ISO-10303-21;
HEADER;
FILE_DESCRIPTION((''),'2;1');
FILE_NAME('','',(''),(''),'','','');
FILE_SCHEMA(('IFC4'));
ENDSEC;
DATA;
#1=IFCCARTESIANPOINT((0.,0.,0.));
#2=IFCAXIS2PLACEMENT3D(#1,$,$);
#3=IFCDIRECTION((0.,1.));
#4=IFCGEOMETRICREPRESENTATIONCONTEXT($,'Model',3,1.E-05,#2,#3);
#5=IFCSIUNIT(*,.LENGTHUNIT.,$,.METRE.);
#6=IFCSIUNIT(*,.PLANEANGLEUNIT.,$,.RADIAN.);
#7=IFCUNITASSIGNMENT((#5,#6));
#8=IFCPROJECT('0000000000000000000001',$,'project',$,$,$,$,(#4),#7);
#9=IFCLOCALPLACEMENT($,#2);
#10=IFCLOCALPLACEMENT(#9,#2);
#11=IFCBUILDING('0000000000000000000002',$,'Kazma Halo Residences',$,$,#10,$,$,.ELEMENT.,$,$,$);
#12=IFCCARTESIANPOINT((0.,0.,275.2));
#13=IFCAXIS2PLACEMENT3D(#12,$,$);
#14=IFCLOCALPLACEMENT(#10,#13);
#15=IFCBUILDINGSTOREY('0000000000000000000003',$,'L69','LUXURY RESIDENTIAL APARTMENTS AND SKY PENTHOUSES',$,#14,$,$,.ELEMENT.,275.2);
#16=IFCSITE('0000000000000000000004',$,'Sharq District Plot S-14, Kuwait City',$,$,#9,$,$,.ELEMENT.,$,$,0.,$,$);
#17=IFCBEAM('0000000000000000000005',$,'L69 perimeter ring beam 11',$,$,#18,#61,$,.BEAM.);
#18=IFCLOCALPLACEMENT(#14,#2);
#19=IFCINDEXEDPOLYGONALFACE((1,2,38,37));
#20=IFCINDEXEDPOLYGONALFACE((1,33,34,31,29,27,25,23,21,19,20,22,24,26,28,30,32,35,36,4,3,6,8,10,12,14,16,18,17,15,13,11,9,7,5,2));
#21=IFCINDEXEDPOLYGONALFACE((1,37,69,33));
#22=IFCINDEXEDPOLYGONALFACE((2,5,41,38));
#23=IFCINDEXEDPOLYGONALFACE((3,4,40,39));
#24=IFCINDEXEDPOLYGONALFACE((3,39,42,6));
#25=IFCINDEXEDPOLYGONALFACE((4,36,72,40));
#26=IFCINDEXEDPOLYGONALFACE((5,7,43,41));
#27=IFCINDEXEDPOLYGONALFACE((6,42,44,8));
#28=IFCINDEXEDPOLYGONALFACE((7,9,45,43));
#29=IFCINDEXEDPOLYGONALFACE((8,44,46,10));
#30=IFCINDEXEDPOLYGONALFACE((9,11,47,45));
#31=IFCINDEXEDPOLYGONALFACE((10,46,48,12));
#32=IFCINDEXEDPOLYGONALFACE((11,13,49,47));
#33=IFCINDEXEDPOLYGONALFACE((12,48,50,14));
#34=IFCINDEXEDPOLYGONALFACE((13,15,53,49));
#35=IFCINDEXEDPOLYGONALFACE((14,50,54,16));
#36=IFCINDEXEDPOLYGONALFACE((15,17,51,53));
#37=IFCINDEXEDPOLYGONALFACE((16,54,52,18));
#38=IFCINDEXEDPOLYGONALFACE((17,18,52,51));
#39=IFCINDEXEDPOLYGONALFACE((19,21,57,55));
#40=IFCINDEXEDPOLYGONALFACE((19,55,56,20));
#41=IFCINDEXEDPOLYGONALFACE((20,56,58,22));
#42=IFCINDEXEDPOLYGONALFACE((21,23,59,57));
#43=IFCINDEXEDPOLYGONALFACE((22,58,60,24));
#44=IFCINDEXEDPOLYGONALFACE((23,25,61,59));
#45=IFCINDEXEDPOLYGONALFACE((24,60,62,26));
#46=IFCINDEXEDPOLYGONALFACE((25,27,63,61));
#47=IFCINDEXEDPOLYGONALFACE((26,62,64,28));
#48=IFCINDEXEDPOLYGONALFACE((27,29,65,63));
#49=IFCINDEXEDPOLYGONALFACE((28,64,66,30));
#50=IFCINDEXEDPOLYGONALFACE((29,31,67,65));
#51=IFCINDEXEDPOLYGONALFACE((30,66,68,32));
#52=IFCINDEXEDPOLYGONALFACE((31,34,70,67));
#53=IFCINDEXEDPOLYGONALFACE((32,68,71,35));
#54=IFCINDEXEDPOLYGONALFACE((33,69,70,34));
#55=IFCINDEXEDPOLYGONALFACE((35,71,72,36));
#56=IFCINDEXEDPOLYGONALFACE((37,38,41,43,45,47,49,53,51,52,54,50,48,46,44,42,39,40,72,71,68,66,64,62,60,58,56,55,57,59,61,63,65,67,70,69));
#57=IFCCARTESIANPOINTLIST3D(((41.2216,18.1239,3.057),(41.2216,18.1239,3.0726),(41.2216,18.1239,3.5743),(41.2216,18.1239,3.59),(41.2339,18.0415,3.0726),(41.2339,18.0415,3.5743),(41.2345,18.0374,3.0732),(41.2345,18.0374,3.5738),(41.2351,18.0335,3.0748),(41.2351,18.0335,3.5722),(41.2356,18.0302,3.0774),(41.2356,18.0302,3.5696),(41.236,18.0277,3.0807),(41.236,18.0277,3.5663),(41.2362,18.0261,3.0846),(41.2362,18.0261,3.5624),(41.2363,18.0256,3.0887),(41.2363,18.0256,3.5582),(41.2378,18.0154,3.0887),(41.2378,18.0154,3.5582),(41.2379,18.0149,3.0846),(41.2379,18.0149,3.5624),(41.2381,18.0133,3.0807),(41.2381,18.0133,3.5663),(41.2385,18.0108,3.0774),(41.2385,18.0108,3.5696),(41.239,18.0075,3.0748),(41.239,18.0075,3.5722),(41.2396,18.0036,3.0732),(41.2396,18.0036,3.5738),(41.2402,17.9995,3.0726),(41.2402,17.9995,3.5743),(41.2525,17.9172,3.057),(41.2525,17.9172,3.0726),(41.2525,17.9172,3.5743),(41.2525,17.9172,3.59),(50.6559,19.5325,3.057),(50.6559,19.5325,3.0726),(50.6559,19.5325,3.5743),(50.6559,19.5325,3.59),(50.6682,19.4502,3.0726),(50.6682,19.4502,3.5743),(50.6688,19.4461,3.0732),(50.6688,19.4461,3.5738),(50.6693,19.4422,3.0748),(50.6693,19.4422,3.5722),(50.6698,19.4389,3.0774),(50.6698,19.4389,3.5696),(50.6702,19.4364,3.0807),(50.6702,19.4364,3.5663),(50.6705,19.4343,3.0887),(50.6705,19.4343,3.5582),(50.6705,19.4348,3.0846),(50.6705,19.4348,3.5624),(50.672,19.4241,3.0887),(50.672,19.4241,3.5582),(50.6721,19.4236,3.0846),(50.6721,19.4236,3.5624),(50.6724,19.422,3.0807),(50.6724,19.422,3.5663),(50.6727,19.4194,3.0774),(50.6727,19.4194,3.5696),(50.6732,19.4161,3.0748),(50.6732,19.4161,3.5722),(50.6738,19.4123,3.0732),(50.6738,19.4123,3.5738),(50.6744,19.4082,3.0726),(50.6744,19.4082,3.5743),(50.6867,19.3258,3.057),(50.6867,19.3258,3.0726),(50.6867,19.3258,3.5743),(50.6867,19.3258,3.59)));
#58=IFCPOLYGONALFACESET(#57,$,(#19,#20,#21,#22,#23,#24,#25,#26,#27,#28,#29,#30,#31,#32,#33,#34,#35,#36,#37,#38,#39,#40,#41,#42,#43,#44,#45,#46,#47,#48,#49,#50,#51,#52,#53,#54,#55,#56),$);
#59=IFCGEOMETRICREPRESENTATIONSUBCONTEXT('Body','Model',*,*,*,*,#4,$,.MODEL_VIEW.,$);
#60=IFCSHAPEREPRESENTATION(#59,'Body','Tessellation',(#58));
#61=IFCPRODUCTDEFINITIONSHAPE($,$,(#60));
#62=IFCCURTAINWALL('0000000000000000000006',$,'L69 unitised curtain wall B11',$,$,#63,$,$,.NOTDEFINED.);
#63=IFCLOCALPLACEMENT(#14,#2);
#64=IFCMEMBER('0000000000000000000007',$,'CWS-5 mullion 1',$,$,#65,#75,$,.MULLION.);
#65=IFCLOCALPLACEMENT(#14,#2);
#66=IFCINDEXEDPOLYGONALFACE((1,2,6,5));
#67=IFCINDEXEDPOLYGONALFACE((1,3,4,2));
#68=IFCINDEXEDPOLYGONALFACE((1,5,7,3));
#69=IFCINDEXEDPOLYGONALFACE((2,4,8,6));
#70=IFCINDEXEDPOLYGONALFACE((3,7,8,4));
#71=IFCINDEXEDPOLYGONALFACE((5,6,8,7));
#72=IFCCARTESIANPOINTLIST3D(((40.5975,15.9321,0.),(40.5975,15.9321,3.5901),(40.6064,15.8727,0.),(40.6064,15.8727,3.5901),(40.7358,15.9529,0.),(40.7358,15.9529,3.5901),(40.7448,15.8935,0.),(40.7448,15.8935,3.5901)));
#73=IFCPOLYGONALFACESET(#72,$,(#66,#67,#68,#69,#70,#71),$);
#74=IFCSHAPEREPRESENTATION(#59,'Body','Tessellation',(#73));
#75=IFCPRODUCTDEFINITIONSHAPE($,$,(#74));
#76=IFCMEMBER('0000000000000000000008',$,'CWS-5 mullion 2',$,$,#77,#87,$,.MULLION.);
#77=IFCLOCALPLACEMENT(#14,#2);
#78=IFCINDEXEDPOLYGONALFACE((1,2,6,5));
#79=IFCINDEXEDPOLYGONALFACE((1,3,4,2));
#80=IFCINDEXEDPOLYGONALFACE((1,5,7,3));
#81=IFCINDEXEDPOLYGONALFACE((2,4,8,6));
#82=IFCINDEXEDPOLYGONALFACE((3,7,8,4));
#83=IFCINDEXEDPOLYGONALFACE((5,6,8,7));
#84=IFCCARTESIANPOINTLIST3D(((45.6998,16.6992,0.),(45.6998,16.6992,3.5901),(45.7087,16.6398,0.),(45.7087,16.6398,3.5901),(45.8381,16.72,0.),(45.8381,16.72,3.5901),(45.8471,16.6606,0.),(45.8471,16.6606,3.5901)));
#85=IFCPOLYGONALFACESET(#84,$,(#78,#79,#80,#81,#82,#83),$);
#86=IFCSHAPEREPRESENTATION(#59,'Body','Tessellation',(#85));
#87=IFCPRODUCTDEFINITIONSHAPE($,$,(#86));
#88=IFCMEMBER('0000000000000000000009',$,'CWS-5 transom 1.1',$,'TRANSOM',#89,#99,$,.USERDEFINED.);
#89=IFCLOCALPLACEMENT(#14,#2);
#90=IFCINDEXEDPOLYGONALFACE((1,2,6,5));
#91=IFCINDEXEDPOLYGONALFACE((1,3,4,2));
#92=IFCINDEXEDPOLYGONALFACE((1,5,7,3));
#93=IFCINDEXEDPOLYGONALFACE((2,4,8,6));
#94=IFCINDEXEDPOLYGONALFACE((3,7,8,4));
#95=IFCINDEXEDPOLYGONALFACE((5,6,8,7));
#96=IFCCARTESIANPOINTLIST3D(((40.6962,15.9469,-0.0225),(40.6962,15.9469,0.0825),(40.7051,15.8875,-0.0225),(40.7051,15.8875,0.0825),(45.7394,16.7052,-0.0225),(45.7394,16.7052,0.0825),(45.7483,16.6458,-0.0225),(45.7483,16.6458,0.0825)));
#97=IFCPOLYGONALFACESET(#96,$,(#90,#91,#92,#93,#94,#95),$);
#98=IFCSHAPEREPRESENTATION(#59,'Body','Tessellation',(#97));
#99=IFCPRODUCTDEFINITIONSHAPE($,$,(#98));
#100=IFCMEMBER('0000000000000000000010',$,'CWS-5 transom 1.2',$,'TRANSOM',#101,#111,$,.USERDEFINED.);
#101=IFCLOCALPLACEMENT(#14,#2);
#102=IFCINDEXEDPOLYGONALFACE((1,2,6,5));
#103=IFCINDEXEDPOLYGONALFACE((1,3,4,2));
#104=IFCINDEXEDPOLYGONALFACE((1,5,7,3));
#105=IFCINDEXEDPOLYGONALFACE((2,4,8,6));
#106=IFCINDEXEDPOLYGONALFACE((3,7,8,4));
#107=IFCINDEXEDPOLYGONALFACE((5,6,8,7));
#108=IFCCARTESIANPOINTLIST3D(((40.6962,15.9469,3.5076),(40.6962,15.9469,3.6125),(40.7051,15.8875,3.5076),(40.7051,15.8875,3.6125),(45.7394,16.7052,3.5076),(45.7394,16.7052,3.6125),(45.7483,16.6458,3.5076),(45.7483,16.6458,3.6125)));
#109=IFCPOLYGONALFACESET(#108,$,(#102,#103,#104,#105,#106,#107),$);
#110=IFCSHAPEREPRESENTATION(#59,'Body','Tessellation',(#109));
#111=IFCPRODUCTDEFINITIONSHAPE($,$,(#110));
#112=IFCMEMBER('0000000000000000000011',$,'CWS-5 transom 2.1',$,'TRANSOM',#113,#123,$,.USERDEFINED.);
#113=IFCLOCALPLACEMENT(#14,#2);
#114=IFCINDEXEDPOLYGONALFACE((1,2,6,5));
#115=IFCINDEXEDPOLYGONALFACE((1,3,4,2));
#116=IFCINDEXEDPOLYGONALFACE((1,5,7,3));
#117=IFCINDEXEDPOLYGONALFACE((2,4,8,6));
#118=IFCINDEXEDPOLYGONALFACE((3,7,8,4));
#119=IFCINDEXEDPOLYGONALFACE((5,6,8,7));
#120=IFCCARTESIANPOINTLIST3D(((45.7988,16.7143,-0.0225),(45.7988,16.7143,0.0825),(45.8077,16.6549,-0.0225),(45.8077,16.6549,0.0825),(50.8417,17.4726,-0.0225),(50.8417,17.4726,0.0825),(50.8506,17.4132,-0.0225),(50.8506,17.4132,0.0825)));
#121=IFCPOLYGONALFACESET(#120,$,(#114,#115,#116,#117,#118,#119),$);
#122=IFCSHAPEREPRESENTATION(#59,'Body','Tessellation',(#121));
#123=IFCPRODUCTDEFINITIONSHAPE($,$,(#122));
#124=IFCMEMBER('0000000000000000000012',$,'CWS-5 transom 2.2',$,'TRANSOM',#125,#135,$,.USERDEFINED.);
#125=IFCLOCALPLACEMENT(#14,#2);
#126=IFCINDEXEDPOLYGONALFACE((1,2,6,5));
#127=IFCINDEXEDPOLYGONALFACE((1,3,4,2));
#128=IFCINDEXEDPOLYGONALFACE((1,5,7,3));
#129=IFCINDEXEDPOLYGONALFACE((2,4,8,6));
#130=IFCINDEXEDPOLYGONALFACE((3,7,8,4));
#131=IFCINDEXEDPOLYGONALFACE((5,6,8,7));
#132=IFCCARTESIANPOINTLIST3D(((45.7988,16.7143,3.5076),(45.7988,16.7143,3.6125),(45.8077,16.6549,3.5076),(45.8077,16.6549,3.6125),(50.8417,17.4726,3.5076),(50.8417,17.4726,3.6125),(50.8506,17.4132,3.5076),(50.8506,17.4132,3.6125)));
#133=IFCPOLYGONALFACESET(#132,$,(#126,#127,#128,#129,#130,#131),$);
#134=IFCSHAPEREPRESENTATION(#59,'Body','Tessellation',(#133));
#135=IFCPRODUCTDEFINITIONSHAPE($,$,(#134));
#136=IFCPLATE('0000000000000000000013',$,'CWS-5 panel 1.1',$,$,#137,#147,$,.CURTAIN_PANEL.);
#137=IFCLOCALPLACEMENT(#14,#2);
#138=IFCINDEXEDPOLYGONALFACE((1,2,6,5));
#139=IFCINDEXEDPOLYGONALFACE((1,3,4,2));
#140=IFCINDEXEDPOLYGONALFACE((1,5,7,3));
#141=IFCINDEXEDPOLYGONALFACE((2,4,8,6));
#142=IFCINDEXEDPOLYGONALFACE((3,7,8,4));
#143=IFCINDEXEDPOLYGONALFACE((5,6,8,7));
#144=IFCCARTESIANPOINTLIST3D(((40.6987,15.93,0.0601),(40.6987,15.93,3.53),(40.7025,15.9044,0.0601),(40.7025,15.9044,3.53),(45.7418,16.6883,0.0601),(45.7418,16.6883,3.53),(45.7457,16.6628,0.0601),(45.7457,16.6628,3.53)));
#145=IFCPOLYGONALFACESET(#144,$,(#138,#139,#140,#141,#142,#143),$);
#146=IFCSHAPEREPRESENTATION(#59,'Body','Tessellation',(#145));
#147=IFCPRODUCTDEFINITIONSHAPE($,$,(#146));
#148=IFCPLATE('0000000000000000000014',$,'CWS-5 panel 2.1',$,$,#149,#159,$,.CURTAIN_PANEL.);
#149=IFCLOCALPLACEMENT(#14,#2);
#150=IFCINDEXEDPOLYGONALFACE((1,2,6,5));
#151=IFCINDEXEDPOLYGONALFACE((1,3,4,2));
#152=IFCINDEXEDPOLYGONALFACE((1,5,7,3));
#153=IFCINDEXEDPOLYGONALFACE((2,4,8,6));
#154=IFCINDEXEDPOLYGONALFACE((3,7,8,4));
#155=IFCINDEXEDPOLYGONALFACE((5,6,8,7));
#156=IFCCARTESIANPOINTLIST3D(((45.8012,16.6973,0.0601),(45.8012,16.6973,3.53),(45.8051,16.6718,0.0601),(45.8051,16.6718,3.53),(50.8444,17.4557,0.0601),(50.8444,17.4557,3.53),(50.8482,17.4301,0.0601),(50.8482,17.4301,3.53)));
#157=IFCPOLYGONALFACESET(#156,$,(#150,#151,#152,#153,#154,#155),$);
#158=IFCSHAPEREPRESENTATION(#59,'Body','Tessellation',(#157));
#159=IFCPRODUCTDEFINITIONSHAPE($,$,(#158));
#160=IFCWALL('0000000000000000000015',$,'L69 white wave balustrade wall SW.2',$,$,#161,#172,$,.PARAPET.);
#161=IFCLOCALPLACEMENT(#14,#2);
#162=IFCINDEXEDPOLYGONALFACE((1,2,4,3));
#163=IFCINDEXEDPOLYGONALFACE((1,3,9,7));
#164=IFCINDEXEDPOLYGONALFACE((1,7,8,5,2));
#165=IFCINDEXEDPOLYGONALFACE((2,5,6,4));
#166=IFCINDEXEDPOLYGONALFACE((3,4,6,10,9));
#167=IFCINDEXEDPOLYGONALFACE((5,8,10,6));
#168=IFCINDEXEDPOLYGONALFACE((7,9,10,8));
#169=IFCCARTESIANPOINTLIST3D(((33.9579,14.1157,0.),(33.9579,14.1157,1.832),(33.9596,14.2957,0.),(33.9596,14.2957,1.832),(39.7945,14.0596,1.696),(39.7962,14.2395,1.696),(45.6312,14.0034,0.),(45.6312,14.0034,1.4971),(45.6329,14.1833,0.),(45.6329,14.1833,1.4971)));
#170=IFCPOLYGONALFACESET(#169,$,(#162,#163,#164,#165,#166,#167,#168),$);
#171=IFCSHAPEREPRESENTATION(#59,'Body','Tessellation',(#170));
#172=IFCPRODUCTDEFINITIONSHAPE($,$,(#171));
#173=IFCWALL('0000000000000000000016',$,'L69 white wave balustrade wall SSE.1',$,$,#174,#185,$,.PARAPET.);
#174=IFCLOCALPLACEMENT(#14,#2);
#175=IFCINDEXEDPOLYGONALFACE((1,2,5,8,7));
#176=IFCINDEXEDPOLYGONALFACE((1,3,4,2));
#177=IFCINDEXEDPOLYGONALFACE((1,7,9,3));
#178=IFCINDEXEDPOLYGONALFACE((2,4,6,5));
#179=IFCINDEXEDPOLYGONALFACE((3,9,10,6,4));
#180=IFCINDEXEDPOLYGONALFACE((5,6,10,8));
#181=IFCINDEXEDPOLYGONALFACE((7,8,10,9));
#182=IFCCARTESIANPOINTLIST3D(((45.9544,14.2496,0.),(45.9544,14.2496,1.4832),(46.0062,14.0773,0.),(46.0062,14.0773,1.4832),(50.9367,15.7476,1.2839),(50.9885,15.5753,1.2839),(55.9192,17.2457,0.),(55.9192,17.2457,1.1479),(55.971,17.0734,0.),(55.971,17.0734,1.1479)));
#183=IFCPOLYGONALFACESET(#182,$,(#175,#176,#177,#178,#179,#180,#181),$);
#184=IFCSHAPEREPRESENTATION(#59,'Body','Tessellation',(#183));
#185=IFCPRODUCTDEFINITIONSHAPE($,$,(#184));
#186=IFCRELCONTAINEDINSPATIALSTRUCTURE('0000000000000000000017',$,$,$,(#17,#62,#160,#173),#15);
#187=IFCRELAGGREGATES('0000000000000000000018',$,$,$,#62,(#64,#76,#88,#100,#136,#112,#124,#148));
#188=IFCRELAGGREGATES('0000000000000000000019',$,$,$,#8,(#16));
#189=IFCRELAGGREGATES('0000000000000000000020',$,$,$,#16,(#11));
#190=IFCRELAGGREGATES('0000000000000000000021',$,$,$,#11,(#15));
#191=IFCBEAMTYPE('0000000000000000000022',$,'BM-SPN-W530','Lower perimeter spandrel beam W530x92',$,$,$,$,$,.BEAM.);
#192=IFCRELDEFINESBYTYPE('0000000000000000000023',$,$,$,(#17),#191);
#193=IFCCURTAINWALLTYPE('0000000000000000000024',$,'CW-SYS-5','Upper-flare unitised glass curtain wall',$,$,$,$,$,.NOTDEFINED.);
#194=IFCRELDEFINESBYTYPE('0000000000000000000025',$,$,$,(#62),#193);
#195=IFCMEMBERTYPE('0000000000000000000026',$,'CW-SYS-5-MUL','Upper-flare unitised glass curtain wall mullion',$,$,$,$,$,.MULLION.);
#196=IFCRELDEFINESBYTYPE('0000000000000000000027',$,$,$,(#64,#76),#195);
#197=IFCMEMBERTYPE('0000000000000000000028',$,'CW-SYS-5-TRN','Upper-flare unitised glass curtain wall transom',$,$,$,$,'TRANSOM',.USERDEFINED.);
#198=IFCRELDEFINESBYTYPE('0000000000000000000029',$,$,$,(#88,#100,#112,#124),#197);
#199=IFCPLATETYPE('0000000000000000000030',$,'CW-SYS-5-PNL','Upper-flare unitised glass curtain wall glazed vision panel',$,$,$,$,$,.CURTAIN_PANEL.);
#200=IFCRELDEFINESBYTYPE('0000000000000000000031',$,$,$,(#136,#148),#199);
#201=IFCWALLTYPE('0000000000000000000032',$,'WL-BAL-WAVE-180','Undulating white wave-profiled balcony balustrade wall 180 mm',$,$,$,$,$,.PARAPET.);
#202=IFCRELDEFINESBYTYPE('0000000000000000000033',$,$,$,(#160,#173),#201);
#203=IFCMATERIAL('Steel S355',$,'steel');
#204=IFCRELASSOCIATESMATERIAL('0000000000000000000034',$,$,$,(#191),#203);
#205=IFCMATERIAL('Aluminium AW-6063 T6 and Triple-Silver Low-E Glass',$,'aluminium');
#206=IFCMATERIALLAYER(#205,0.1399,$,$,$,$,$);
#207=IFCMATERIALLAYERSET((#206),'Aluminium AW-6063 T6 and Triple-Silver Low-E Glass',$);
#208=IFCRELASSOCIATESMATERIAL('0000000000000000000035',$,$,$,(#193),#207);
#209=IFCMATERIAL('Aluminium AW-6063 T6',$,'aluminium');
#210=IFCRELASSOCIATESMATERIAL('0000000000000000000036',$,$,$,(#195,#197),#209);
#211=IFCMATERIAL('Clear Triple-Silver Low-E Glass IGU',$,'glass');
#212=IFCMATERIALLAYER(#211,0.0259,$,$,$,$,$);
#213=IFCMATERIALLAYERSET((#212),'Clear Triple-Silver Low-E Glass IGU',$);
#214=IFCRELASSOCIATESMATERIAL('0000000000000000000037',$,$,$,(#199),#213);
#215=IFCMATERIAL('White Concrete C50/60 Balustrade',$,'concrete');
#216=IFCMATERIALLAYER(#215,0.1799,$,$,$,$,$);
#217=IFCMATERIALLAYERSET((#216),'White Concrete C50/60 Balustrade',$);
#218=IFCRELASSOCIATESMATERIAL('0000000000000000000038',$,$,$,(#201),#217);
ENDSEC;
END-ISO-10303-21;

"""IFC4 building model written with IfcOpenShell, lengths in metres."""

from ifc_helpers import new_model, si_unit, direction, frame, origin, origin_2d, place, context, subcontext, project, spatial, polyline, rectangle, i_section, outline, extrude, material, layer, layer_set, material_profile, profile_set, type_object, element, aggregate, save


model = new_model("IFC4")

# Units and contexts
model_context = context("Model", 3, precision=1e-05, world=origin(), true_north=direction((0.0, 1.0)))
body_context = subcontext(model_context, "Body", "Model", "MODEL_VIEW")
ifc_project = project(units=[si_unit("LENGTHUNIT", "METRE"), si_unit("PLANEANGLEUNIT", "RADIAN")], contexts=[model_context])

# Site, building, storey
site_placement = place(None, origin())
site = spatial("IfcSite", under=ifc_project, at=site_placement, Name="Sharq District Plot S-14, Kuwait City", CompositionType="ELEMENT", RefElevation=0.0)
building_placement = place(site_placement, origin())
building = spatial("IfcBuilding", under=site, at=building_placement, Name="Kazma Halo Residences", CompositionType="ELEMENT")
storey_placement = place(building_placement, frame((0.0, 0.0, 275.2)))
storey = spatial("IfcBuildingStorey", under=building, at=storey_placement, Name="L69", Description="LUXURY RESIDENTIAL APARTMENTS AND SKY PENTHOUSES", CompositionType="ELEMENT", Elevation=275.2)

# Beam
ifc_material_1 = material(Name="Steel S355", Category="steel")
ifc_material_profile_1 = material_profile(ifc_material_1, i_section(OverallWidth=0.209, OverallDepth=0.533, WebThickness=0.0103, FlangeThickness=0.0156, FilletRadius=0.0161, at=origin_2d()), Name="W530x92")
ifc_profile_set_1 = profile_set([ifc_material_profile_1], Name="Steel S355")
beam_type_1 = type_object("IfcBeamType", Name="BM-SPN-W530", Description="Lower perimeter spandrel beam W530x92", PredefinedType="BEAM", material=ifc_profile_set_1)
beam_1_placement = place(storey_placement, frame((41.2371, 18.0205, 3.3235), z_axis=(0.989035, 0.147678, 0.0), x_axis=(-0.147678, 0.989035, 0.0)))
element("IfcBeam", 1, at=beam_1_placement, inside=storey, type_object=beam_type_1, Name="L69 perimeter ring beam 11", PredefinedType="BEAM", context=body_context, shape_type="SweptSolid", body=[
    extrude(i_section(OverallWidth=0.209, OverallDepth=0.533, WebThickness=0.0103, FlangeThickness=0.0156, FilletRadius=0.0161, at=origin_2d()), origin(), (0.0, 0.0, 1.0), 9.5388),
])

# Curtain wall, members, plates
ifc_material_2 = material(Name="Aluminium AW-6063 T6 and Triple-Silver Low-E Glass", Category="aluminium")
ifc_layer_1 = layer(ifc_material_2, 0.1399)
ifc_layer_set_1 = layer_set([ifc_layer_1], Name="Aluminium AW-6063 T6 and Triple-Silver Low-E Glass")
curtain_wall_type = type_object("IfcCurtainWallType", Name="CW-SYS-5", Description="Upper-flare unitised glass curtain wall", PredefinedType="NOTDEFINED", material=ifc_layer_set_1)
curtain_wall_placement = place(storey_placement, origin())
curtain_wall = element("IfcCurtainWall", 2, at=curtain_wall_placement, inside=storey, type_object=curtain_wall_type, Name="L69 unitised curtain wall B11", PredefinedType="NOTDEFINED")
ifc_material_3 = material(Name="Aluminium AW-6063 T6", Category="aluminium")
ifc_material_profile_2 = material_profile(ifc_material_3, rectangle(XDim=0.0601, YDim=0.1399, at=origin_2d()), Name="CWM-60x140")
ifc_profile_set_2 = profile_set([ifc_material_profile_2], Name="Aluminium AW-6063 T6")
member_type_1 = type_object("IfcMemberType", Name="CW-SYS-5-MUL", Description="Upper-flare unitised glass curtain wall mullion", PredefinedType="MULLION", material=ifc_profile_set_2)
member_1_placement = place(storey_placement, frame((40.6711, 15.9128, 0.0), z_axis=(0.0, 0.0, 1.0), x_axis=(-0.148697, 0.988883, 0.0)))
member_1 = element("IfcMember", 3, at=member_1_placement, type_object=member_type_1, Name="CWS-5 mullion 1", PredefinedType="MULLION", context=body_context, shape_type="SweptSolid", body=[
    extrude(rectangle(XDim=0.0601, YDim=0.1399, at=origin_2d()), origin(), (0.0, 0.0, 1.0), 3.5901),
])
member_2_placement = place(storey_placement, frame((45.7734, 16.6799, 0.0), z_axis=(0.0, 0.0, 1.0), x_axis=(-0.148697, 0.988883, 0.0)))
member_2 = element("IfcMember", 4, at=member_2_placement, type_object=member_type_1, Name="CWS-5 mullion 2", PredefinedType="MULLION", context=body_context, shape_type="SweptSolid", body=[
    extrude(rectangle(XDim=0.0601, YDim=0.1399, at=origin_2d()), origin(), (0.0, 0.0, 1.0), 3.5901),
])
ifc_material_profile_3 = material_profile(ifc_material_3, rectangle(XDim=0.0601, YDim=0.105, at=origin_2d()), Name="CWT-60x105")
ifc_profile_set_3 = profile_set([ifc_material_profile_3], Name="Aluminium AW-6063 T6")
member_type_2 = type_object("IfcMemberType", Name="CW-SYS-5-TRN", Description="Upper-flare unitised glass curtain wall transom", ElementType="TRANSOM", PredefinedType="USERDEFINED", material=ifc_profile_set_3)
member_3_placement = place(storey_placement, frame((40.7007, 15.9172, 0.03), z_axis=(0.988884, 0.148689, 0.0), x_axis=(-0.148689, 0.988884, 0.0)))
member_3 = element("IfcMember", 5, at=member_3_placement, type_object=member_type_2, Name="CWS-5 transom 1.1", ObjectType="TRANSOM", PredefinedType="USERDEFINED", context=body_context, shape_type="SweptSolid", body=[
    extrude(rectangle(XDim=0.0601, YDim=0.105, at=origin_2d()), origin(), (0.0, 0.0, 1.0), 5.0999),
])
member_4_placement = place(storey_placement, frame((40.7007, 15.9172, 3.5601), z_axis=(0.988884, 0.148689, 0.0), x_axis=(-0.148689, 0.988884, 0.0)))
member_4 = element("IfcMember", 6, at=member_4_placement, type_object=member_type_2, Name="CWS-5 transom 1.2", ObjectType="TRANSOM", PredefinedType="USERDEFINED", context=body_context, shape_type="SweptSolid", body=[
    extrude(rectangle(XDim=0.0601, YDim=0.105, at=origin_2d()), origin(), (0.0, 0.0, 1.0), 5.0999),
])
member_5_placement = place(storey_placement, frame((45.8032, 16.6846, 0.03), z_axis=(0.988883, 0.148696, 0.0), x_axis=(-0.148696, 0.988883, 0.0)))
member_5 = element("IfcMember", 7, at=member_5_placement, type_object=member_type_2, Name="CWS-5 transom 2.1", ObjectType="TRANSOM", PredefinedType="USERDEFINED", context=body_context, shape_type="SweptSolid", body=[
    extrude(rectangle(XDim=0.0601, YDim=0.105, at=origin_2d()), origin(), (0.0, 0.0, 1.0), 5.0996),
])
member_6_placement = place(storey_placement, frame((45.8032, 16.6846, 3.5601), z_axis=(0.988883, 0.148696, 0.0), x_axis=(-0.148696, 0.988883, 0.0)))
member_6 = element("IfcMember", 8, at=member_6_placement, type_object=member_type_2, Name="CWS-5 transom 2.2", ObjectType="TRANSOM", PredefinedType="USERDEFINED", context=body_context, shape_type="SweptSolid", body=[
    extrude(rectangle(XDim=0.0601, YDim=0.105, at=origin_2d()), origin(), (0.0, 0.0, 1.0), 5.0996),
])
ifc_material_4 = material(Name="Clear Triple-Silver Low-E Glass IGU", Category="glass")
ifc_layer_2 = layer(ifc_material_4, 0.0259)
ifc_layer_set_2 = layer_set([ifc_layer_2], Name="Clear Triple-Silver Low-E Glass IGU")
plate_type = type_object("IfcPlateType", Name="CW-SYS-5-PNL", Description="Upper-flare unitised glass curtain wall glazed vision panel", PredefinedType="CURTAIN_PANEL", material=ifc_layer_set_2)
plate_1_placement = place(storey_placement, frame((43.2222, 16.2964, 0.0601), z_axis=(0.0, 0.0, 1.0), x_axis=(0.988883, 0.148697, 0.0)))
plate_1 = element("IfcPlate", 9, at=plate_1_placement, type_object=plate_type, Name="CWS-5 panel 1.1", PredefinedType="CURTAIN_PANEL", context=body_context, shape_type="SweptSolid", body=[
    extrude(rectangle(XDim=5.0999, YDim=0.0259, at=origin_2d()), origin(), (0.0, 0.0, 1.0), 3.47),
])
plate_2_placement = place(storey_placement, frame((48.3247, 17.0637, 0.0601), z_axis=(0.0, 0.0, 1.0), x_axis=(0.988883, 0.148697, 0.0)))
plate_2 = element("IfcPlate", 10, at=plate_2_placement, type_object=plate_type, Name="CWS-5 panel 2.1", PredefinedType="CURTAIN_PANEL", context=body_context, shape_type="SweptSolid", body=[
    extrude(rectangle(XDim=5.0999, YDim=0.0259, at=origin_2d()), origin(), (0.0, 0.0, 1.0), 3.47),
])
aggregate(curtain_wall, [member_1, member_2, member_3, member_4, plate_1, member_5, member_6, plate_2])

# Walls
ifc_material_5 = material(Name="White Concrete C50/60 Balustrade", Category="concrete")
ifc_layer_3 = layer(ifc_material_5, 0.1799)
ifc_layer_set_3 = layer_set([ifc_layer_3], Name="White Concrete C50/60 Balustrade")
wall_type_1 = type_object("IfcWallType", Name="WL-BAL-WAVE-180", Description="Undulating white wave-profiled balcony balustrade wall 180 mm", PredefinedType="PARAPET", material=ifc_layer_set_3)
wall_1_placement = place(storey_placement, frame((33.9587, 14.2058, 0.0), z_axis=(0.0, 0.0, 1.0), x_axis=(0.999954, -0.00962, 0.0)))
element("IfcWall", 11, at=wall_1_placement, inside=storey, type_object=wall_type_1, Name="L69 white wave balustrade wall SW.2", PredefinedType="PARAPET", context=body_context, shape_type="SweptSolid", body=[
    extrude(outline(polyline([(0.0, 0.0), (11.6738, 0.0), (11.6738, 1.4971), (5.8369, 1.696), (0.0, 1.832), (0.0, 0.0)])), frame((0.0, 0.0898, 0.0), z_axis=(0.0, -1.0, 0.0), x_axis=(1.0, 0.0, 0.0)), (0.0, 0.0, 1.0), 0.1799),
])
wall_2_placement = place(storey_placement, frame((45.9802, 14.1636, 0.0), z_axis=(0.0, 0.0, 1.0), x_axis=(0.95765, 0.287933, 0.0)))
element("IfcWall", 12, at=wall_2_placement, inside=storey, type_object=wall_type_1, Name="L69 white wave balustrade wall SSE.1", PredefinedType="PARAPET", context=body_context, shape_type="SweptSolid", body=[
    extrude(outline(polyline([(0.0, 0.0), (10.4055, 0.0), (10.4055, 1.1479), (5.2026, 1.2839), (0.0, 1.4832), (0.0, 0.0)])), frame((0.0, 0.0898, 0.0), z_axis=(0.0, -1.0, 0.0), x_axis=(1.0, 0.0, 0.0)), (0.0, 0.0, 1.0), 0.1799),
])

save(model, "model.ifc")
